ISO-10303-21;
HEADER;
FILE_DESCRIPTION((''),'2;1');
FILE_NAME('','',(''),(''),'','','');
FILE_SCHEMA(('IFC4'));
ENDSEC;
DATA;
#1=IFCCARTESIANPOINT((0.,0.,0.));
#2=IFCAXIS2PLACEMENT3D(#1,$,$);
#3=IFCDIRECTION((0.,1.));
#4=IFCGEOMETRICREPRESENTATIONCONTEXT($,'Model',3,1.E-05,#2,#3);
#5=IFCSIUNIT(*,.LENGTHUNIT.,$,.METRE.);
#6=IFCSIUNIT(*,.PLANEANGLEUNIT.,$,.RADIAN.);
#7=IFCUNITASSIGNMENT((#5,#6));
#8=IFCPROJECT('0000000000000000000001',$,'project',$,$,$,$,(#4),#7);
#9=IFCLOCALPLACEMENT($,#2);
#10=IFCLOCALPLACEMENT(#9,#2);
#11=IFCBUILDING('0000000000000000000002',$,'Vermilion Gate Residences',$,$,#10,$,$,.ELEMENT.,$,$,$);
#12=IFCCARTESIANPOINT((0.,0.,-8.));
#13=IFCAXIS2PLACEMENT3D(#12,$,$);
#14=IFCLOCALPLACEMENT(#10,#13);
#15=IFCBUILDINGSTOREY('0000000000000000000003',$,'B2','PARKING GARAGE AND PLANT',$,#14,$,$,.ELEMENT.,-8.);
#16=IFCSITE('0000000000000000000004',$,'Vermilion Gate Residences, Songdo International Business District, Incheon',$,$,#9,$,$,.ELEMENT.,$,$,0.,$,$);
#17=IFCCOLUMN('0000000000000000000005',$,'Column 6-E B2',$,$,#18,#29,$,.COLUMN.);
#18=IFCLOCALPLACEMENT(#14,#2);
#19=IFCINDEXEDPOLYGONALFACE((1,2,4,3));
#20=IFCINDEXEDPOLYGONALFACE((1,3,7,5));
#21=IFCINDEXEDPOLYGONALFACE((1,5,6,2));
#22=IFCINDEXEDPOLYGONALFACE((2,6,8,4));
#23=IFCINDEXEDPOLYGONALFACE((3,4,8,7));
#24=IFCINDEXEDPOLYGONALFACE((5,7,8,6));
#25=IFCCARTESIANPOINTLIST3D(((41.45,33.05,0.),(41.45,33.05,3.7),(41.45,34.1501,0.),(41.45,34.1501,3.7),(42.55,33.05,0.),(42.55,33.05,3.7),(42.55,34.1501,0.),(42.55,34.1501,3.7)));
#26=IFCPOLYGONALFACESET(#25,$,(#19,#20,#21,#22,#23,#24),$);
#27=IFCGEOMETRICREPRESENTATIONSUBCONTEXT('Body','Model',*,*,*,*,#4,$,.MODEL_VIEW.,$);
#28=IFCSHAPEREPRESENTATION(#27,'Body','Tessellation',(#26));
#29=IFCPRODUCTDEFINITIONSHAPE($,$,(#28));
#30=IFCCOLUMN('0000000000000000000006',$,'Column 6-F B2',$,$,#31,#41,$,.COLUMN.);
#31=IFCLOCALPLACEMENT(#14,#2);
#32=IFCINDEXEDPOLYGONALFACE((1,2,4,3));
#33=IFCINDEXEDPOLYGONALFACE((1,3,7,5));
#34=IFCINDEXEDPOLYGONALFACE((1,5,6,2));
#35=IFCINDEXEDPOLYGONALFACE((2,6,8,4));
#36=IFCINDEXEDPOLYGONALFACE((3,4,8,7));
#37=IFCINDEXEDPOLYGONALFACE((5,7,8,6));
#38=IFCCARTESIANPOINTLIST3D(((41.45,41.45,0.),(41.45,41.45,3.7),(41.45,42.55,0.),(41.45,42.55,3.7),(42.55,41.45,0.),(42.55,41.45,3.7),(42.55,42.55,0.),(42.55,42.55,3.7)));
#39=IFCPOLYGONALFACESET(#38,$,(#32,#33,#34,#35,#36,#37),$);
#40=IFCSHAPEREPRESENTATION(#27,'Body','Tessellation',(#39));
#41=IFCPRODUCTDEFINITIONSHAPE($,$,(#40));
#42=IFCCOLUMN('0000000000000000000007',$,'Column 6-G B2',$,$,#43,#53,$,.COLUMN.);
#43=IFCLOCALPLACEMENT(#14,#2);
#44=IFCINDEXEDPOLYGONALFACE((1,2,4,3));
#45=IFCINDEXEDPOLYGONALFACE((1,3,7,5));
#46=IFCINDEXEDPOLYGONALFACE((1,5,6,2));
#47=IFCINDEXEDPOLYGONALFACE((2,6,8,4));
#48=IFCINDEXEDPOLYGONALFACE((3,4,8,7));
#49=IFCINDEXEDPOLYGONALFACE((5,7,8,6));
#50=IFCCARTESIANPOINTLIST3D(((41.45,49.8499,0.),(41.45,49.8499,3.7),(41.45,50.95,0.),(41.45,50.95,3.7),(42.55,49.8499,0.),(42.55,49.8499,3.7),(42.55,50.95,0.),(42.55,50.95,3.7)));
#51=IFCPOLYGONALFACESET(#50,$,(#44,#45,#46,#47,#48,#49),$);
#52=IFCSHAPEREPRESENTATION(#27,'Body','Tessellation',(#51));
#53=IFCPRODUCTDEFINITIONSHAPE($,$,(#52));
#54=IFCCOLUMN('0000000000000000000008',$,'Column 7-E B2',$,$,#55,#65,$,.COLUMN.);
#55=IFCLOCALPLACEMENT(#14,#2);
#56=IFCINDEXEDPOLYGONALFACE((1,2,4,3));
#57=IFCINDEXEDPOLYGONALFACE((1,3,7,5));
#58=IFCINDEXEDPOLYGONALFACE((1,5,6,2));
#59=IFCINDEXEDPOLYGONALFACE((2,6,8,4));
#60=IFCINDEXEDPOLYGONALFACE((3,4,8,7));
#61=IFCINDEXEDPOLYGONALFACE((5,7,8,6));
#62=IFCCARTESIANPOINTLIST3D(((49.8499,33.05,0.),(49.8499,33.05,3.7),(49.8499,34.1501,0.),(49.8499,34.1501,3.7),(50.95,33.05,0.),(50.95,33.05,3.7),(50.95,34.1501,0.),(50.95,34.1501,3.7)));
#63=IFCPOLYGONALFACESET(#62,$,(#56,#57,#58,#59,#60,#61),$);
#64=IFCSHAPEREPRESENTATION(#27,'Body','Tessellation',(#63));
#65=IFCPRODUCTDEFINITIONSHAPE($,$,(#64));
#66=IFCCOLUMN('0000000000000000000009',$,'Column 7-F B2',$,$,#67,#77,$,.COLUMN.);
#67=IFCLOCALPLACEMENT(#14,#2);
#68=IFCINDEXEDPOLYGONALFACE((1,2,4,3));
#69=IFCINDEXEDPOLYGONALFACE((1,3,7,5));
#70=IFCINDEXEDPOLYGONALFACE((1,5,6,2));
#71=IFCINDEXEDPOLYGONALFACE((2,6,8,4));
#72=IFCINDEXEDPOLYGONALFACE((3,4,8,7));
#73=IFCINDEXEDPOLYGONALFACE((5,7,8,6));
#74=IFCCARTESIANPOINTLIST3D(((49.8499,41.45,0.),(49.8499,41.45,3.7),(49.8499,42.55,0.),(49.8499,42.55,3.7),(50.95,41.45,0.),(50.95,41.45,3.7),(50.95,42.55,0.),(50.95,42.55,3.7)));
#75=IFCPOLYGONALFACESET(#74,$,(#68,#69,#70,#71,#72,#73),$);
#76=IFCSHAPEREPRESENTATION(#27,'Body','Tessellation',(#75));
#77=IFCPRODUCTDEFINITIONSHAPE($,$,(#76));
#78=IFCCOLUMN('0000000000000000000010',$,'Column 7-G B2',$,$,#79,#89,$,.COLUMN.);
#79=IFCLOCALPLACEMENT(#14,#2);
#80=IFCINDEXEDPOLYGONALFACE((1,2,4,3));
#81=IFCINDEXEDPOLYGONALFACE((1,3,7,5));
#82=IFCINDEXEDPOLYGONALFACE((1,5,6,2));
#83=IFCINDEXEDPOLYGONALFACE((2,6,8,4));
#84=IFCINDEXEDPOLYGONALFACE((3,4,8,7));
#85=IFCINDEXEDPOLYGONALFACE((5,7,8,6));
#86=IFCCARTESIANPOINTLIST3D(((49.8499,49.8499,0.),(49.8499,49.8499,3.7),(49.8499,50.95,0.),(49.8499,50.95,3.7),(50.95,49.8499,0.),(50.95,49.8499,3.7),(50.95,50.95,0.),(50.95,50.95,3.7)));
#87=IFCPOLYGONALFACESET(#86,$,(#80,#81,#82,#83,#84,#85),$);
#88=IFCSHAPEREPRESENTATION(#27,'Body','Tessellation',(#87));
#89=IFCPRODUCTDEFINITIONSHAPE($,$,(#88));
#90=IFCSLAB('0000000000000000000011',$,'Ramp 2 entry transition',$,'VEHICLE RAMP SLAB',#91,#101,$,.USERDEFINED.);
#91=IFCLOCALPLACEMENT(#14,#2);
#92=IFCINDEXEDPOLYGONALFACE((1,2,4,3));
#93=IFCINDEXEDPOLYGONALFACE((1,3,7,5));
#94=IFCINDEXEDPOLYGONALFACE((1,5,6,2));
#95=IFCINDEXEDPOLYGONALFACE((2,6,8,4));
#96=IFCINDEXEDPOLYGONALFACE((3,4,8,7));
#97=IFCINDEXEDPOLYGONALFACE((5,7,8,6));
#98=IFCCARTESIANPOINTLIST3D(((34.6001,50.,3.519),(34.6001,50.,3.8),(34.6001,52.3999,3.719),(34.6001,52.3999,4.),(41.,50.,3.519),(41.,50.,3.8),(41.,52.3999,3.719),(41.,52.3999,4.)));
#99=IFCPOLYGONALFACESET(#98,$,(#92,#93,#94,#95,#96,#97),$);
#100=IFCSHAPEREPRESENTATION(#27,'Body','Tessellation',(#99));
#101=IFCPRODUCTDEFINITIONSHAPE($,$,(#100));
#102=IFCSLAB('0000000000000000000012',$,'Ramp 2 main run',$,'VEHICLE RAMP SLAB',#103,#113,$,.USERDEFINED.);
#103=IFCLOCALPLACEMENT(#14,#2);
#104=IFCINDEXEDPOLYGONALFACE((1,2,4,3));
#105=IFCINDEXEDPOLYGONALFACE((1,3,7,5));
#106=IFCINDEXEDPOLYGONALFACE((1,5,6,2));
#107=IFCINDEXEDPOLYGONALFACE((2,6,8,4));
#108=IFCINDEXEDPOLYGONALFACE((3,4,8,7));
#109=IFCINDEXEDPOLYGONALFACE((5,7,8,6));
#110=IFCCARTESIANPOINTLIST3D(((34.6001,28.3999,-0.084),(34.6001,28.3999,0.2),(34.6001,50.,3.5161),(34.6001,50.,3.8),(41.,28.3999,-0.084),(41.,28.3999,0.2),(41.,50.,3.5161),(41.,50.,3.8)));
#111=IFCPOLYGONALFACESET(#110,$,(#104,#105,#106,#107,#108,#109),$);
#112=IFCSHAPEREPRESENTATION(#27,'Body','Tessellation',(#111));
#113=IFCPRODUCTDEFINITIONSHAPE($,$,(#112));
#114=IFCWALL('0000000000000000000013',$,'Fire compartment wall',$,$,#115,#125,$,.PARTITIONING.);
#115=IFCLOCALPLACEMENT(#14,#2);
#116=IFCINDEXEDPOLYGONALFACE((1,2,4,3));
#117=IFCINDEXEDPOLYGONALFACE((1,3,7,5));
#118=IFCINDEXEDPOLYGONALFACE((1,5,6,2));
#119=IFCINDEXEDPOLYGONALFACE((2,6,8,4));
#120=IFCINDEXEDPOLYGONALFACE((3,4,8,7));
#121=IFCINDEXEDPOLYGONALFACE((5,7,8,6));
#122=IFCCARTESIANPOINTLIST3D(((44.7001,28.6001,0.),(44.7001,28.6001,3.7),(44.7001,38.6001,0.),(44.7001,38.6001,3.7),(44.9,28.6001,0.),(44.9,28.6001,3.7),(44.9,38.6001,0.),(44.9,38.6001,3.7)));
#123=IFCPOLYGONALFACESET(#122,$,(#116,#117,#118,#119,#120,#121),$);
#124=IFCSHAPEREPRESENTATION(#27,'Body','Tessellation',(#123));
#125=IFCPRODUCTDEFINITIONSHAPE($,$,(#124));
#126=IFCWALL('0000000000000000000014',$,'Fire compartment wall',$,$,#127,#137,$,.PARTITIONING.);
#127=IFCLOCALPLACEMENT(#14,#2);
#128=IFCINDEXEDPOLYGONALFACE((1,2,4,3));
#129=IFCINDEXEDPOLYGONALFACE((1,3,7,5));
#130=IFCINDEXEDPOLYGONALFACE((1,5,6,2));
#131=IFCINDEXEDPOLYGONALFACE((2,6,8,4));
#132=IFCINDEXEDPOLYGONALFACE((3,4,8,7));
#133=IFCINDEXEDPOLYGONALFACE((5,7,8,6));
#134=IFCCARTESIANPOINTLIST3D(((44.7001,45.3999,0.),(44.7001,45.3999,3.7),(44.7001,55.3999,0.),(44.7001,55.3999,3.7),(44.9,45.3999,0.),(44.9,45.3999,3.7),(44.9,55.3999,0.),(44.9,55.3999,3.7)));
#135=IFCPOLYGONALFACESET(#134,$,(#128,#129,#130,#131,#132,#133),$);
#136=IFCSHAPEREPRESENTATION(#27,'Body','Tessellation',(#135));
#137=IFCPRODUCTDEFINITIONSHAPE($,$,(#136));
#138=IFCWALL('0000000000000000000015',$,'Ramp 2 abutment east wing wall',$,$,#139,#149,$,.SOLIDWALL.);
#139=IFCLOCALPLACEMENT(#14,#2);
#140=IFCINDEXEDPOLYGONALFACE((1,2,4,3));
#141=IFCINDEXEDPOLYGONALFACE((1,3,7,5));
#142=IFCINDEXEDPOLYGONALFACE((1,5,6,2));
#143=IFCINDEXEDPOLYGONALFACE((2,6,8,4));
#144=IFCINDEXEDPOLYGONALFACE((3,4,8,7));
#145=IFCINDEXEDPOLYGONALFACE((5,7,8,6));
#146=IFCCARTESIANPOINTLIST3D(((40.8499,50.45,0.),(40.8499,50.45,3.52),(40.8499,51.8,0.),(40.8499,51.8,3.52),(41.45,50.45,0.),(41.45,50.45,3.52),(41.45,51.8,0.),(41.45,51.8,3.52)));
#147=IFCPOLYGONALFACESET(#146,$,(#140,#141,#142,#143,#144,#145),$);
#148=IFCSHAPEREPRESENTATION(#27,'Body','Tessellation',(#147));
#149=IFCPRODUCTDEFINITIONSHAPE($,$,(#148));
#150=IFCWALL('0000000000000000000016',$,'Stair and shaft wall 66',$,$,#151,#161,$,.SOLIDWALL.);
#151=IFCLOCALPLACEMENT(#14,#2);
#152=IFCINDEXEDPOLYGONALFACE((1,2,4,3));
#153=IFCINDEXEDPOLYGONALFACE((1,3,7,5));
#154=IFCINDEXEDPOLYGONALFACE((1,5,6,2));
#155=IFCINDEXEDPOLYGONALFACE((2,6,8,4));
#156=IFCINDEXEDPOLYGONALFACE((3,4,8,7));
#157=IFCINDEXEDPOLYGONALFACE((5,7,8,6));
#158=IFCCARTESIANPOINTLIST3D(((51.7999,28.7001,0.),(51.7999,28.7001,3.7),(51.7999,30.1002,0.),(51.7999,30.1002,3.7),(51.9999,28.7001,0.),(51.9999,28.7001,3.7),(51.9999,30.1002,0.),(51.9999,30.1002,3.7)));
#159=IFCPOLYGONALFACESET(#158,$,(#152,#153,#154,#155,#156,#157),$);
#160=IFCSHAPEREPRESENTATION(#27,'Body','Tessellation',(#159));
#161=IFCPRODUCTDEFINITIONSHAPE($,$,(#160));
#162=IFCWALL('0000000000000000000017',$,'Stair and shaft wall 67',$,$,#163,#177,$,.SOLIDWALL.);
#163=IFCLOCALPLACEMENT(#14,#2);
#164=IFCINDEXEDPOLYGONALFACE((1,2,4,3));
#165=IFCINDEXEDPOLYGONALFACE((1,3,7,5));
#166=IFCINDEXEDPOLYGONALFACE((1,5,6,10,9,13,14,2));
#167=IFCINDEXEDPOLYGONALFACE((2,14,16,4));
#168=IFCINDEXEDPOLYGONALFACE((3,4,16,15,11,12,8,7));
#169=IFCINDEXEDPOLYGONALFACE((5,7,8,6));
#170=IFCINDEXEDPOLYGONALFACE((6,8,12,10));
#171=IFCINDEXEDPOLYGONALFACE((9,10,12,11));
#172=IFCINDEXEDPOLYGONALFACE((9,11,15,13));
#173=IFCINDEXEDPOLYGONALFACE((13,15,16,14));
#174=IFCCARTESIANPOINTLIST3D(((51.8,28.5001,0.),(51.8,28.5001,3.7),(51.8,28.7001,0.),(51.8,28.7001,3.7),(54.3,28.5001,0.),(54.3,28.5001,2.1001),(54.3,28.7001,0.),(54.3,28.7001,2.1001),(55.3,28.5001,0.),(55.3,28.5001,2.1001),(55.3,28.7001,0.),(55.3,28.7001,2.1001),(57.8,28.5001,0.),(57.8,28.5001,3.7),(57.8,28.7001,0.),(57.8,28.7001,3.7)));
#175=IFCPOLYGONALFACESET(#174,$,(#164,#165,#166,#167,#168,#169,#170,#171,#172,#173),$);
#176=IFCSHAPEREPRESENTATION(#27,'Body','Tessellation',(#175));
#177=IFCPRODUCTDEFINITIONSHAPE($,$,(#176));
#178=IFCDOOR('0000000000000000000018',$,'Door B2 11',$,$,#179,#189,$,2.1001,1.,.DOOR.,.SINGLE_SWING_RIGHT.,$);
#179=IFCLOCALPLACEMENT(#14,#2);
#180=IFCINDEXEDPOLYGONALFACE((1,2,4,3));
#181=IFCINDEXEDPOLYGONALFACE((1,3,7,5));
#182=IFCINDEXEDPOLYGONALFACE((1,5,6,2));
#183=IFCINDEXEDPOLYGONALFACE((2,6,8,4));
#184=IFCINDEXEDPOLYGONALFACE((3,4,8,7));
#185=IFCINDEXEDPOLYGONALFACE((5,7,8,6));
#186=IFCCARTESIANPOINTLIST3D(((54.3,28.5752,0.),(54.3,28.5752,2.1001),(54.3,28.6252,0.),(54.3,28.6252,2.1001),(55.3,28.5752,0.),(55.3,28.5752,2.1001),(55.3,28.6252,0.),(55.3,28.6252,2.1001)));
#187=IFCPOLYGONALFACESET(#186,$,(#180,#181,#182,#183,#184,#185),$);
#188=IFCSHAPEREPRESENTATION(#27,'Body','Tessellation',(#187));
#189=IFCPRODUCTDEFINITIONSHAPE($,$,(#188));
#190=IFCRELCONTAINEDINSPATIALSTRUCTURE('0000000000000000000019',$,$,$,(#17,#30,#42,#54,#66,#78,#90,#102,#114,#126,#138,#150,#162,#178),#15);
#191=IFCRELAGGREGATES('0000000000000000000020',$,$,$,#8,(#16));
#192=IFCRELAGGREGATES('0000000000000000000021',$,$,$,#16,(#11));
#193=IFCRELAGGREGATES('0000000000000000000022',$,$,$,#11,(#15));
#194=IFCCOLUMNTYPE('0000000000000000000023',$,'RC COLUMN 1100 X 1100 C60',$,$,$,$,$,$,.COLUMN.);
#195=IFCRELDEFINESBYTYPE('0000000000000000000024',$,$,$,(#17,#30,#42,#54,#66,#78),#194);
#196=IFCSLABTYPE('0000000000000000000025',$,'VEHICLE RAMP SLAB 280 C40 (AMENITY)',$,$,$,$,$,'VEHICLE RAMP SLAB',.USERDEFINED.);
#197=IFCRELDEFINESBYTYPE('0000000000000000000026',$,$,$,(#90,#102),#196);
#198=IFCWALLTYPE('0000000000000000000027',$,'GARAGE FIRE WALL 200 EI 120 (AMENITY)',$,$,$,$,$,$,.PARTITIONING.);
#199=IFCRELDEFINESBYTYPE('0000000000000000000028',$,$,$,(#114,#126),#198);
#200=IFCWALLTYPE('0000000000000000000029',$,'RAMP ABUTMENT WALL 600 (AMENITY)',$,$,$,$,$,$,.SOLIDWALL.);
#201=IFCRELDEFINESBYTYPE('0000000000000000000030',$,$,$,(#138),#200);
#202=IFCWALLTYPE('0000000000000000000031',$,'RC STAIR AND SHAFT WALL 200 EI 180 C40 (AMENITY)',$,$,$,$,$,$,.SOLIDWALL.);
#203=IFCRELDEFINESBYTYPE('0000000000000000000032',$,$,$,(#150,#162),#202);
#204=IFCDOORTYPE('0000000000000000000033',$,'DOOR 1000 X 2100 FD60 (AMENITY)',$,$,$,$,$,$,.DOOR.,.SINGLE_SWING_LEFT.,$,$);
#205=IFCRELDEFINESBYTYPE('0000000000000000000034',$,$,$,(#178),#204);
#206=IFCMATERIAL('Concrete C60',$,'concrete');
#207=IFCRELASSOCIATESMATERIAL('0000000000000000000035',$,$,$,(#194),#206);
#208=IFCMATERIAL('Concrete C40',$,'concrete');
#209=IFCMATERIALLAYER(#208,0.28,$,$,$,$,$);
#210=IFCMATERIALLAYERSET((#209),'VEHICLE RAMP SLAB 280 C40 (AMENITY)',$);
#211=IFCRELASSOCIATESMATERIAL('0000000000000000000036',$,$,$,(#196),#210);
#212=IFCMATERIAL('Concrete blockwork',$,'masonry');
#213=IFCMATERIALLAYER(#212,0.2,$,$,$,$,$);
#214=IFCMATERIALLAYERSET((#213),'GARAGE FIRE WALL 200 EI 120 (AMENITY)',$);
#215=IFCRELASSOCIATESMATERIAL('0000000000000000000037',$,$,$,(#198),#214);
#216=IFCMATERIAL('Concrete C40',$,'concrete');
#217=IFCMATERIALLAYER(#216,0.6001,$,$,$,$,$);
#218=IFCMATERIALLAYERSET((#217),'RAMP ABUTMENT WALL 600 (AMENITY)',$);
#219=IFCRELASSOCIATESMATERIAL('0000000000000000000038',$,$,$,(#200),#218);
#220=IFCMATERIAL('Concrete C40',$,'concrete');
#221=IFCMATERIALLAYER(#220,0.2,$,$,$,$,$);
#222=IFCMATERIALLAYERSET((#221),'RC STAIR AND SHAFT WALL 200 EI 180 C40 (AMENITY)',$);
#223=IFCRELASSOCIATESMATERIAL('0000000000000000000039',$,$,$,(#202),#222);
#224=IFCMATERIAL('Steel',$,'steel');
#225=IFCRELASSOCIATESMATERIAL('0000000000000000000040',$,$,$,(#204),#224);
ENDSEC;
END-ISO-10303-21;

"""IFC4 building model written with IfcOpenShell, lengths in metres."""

from ifc_helpers import new_model, si_unit, direction, frame, frame_2d, origin, origin_2d, place, context, subcontext, project, spatial, polyline, rectangle, outline, extrude, material, layer, layer_set, material_profile, profile_set, type_object, element, fill, save


model = new_model("IFC4")

# Units and contexts
model_context = context("Model", 3, precision=1e-05, world=origin(), true_north=direction((0.0, 1.0)))
body_context = subcontext(model_context, "Body", "Model", "MODEL_VIEW")
ifc_project = project(units=[si_unit("LENGTHUNIT", "METRE"), si_unit("PLANEANGLEUNIT", "RADIAN")], contexts=[model_context])

# Site, building, storey
site_placement = place(None, origin())
site = spatial("IfcSite", under=ifc_project, at=site_placement, Name="Vermilion Gate Residences, Songdo International Business District, Incheon", CompositionType="ELEMENT", RefElevation=0.0)
building_placement = place(site_placement, origin())
building = spatial("IfcBuilding", under=site, at=building_placement, Name="Vermilion Gate Residences", CompositionType="ELEMENT")
storey_placement = place(building_placement, frame((0.0, 0.0, -8.0)))
storey = spatial("IfcBuildingStorey", under=building, at=storey_placement, Name="B2", Description="PARKING GARAGE AND PLANT", CompositionType="ELEMENT", Elevation=-8.0)

# Columns
ifc_material_1 = material(Name="Concrete C60", Category="concrete")
ifc_material_profile = material_profile(ifc_material_1, rectangle(XDim=1.1001, YDim=1.1001, at=origin_2d()), Name="RC-1100x1100")
ifc_profile_set = profile_set([ifc_material_profile], Name="Concrete C60")
column_type = type_object("IfcColumnType", Name="RC COLUMN 1100 X 1100 C60", PredefinedType="COLUMN", material=ifc_profile_set)
for number, where, z_axis, x_axis, name in (
    (1, (42.0, 33.6001, 0.0), (0.0, 0.0, 1.0), (1.0, 0.0, 0.0), "Column 6-E B2"),
    (2, (42.0, 42.0, 0.0), (0.0, 0.0, 1.0), (1.0, 0.0, 0.0), "Column 6-F B2"),
    (3, (42.0, 50.3999, 0.0), (0.0, 0.0, 1.0), (1.0, 0.0, 0.0), "Column 6-G B2"),
    (4, (50.3999, 33.6001, 0.0), (0.0, 0.0, 1.0), (1.0, 0.0, 0.0), "Column 7-E B2"),
    (5, (50.3999, 42.0, 0.0), (0.0, 0.0, 1.0), (1.0, 0.0, 0.0), "Column 7-F B2"),
    (6, (50.3999, 50.3999, 0.0), (0.0, 0.0, 1.0), (1.0, 0.0, 0.0), "Column 7-G B2"),
):
    element("IfcColumn", number, at=place(storey_placement, frame(where, z_axis=z_axis, x_axis=x_axis)), inside=storey, type_object=column_type, Name=name, PredefinedType="COLUMN", context=body_context, shape_type="SweptSolid", body=[
        extrude(rectangle(XDim=1.1001, YDim=1.1001, at=origin_2d()), origin(), (0.0, 0.0, 1.0), 3.7),
    ])

# Slabs
ifc_material_2 = material(Name="Concrete C40", Category="concrete")
ifc_layer_1 = layer(ifc_material_2, 0.28)
ifc_layer_set_1 = layer_set([ifc_layer_1], Name="VEHICLE RAMP SLAB 280 C40 (AMENITY)")
slab_type = type_object("IfcSlabType", Name="VEHICLE RAMP SLAB 280 C40 (AMENITY)", ElementType="VEHICLE RAMP SLAB", PredefinedType="USERDEFINED", material=ifc_layer_set_1)
slab_1_placement = place(storey_placement, frame((37.8, 52.3999, 4.0), z_axis=(0.0, 0.0, 1.0), x_axis=(0.0, -1.0, 0.0)))
element("IfcSlab", 7, at=slab_1_placement, inside=storey, type_object=slab_type, Name="Ramp 2 entry transition", ObjectType="VEHICLE RAMP SLAB", PredefinedType="USERDEFINED", context=body_context, shape_type="SweptSolid", body=[
    extrude(outline(polyline([(0.0, 0.0), (2.3999, -0.2), (2.3999, -0.481), (0.0, -0.281), (0.0, 0.0)])), frame((0.0, 3.2, 0.0), z_axis=(0.0, -1.0, 0.0), x_axis=(1.0, 0.0, 0.0)), (0.0, 0.0, 1.0), 6.3999),
])
slab_2_placement = place(storey_placement, frame((37.8, 50.0, 3.8), z_axis=(0.0, 0.0, 1.0), x_axis=(0.0, -1.0, 0.0)))
element("IfcSlab", 8, at=slab_2_placement, inside=storey, type_object=slab_type, Name="Ramp 2 main run", ObjectType="VEHICLE RAMP SLAB", PredefinedType="USERDEFINED", context=body_context, shape_type="SweptSolid", body=[
    extrude(outline(polyline([(0.0, 0.0), (21.6001, -3.6001), (21.6001, -3.884), (0.0, -0.2839), (0.0, 0.0)])), frame((0.0, 3.2, 0.0), z_axis=(0.0, -1.0, 0.0), x_axis=(1.0, 0.0, 0.0)), (0.0, 0.0, 1.0), 6.3999),
])

# Wall
ifc_material_3 = material(Name="Concrete blockwork", Category="masonry")
ifc_layer_2 = layer(ifc_material_3, 0.2)
ifc_layer_set_2 = layer_set([ifc_layer_2], Name="GARAGE FIRE WALL 200 EI 120 (AMENITY)")
wall_type_1 = type_object("IfcWallType", Name="GARAGE FIRE WALL 200 EI 120 (AMENITY)", PredefinedType="PARTITIONING", material=ifc_layer_set_2)
wall_1_placement = place(storey_placement, frame((44.8, 28.6001, 0.0), z_axis=(0.0, 0.0, 1.0), x_axis=(0.0, 1.0, 0.0)))
element("IfcWall", 9, at=wall_1_placement, inside=storey, type_object=wall_type_1, Name="Fire compartment wall", PredefinedType="PARTITIONING", context=body_context, shape_type="SweptSolid", body=[
    extrude(rectangle(XDim=10.0, YDim=0.2, at=frame_2d((5.0, 0.0))), origin(), (0.0, 0.0, 1.0), 3.7),
])

# Walls
wall_2_placement = place(storey_placement, frame((44.8, 45.3999, 0.0), z_axis=(0.0, 0.0, 1.0), x_axis=(0.0, 1.0, 0.0)))
element("IfcWall", 10, at=wall_2_placement, inside=storey, type_object=wall_type_1, Name="Fire compartment wall", PredefinedType="PARTITIONING", context=body_context, shape_type="SweptSolid", body=[
    extrude(rectangle(XDim=10.0, YDim=0.2, at=frame_2d((5.0, 0.0))), origin(), (0.0, 0.0, 1.0), 3.7),
])
ifc_material_4 = material(Name="Concrete C40", Category="concrete")
ifc_layer_3 = layer(ifc_material_4, 0.6001)
ifc_layer_set_3 = layer_set([ifc_layer_3], Name="RAMP ABUTMENT WALL 600 (AMENITY)")
wall_type_2 = type_object("IfcWallType", Name="RAMP ABUTMENT WALL 600 (AMENITY)", PredefinedType="SOLIDWALL", material=ifc_layer_set_3)
wall_3_placement = place(storey_placement, frame((41.1499, 50.45, 0.0), z_axis=(0.0, 0.0, 1.0), x_axis=(0.0, 1.0, 0.0)))
element("IfcWall", 11, at=wall_3_placement, inside=storey, type_object=wall_type_2, Name="Ramp 2 abutment east wing wall", PredefinedType="SOLIDWALL", context=body_context, shape_type="SweptSolid", body=[
    extrude(rectangle(XDim=1.3501, YDim=0.6001, at=frame_2d((0.675, 0.0))), origin(), (0.0, 0.0, 1.0), 3.52),
])
ifc_material_5 = material(Name="Concrete C40", Category="concrete")
ifc_layer_4 = layer(ifc_material_5, 0.2)
ifc_layer_set_4 = layer_set([ifc_layer_4], Name="RC STAIR AND SHAFT WALL 200 EI 180 C40 (AMENITY)")
wall_type_3 = type_object("IfcWallType", Name="RC STAIR AND SHAFT WALL 200 EI 180 C40 (AMENITY)", PredefinedType="SOLIDWALL", material=ifc_layer_set_4)
wall_4_placement = place(storey_placement, frame((51.8999, 28.7, 0.0), z_axis=(0.0, 0.0, 1.0), x_axis=(0.0, 1.0, 0.0)))
element("IfcWall", 12, at=wall_4_placement, inside=storey, type_object=wall_type_3, Name="Stair and shaft wall 66", PredefinedType="SOLIDWALL", context=body_context, shape_type="SweptSolid", body=[
    extrude(rectangle(XDim=1.4001, YDim=0.2, at=frame_2d((0.7002, 0.0))), origin(), (0.0, 0.0, 1.0), 3.7),
])

# Wall, opening, door
wall_5_placement = place(storey_placement, frame((51.8, 28.6001, 0.0), z_axis=(0.0, 0.0, 1.0), x_axis=(1.0, 0.0, 0.0)))
wall_5 = element("IfcWall", 13, at=wall_5_placement, inside=storey, type_object=wall_type_3, Name="Stair and shaft wall 67", PredefinedType="SOLIDWALL", context=body_context, shape_type="SweptSolid", body=[
    extrude(rectangle(XDim=6.0, YDim=0.2, at=frame_2d((3.0, 0.0))), origin(), (0.0, 0.0, 1.0), 3.7),
])
opening_1_placement = place(wall_5_placement, frame((2.5, 0.0, 0.0)))
opening_1 = element("IfcOpeningElement", 14, at=opening_1_placement, cuts=wall_5, PredefinedType="OPENING", context=body_context, shape_type="SweptSolid", body=[
    extrude(rectangle(XDim=1.0, YDim=2.1001, at=frame_2d((0.5, 1.05))), frame((0.0, 0.1099, 0.0), z_axis=(0.0, -1.0, 0.0), x_axis=(1.0, 0.0, 0.0)), (0.0, 0.0, 1.0), 0.22),
])
ifc_material_6 = material(Name="Steel", Category="steel")
door_type_1 = type_object("IfcDoorType", Name="DOOR 1000 X 2100 FD60 (AMENITY)", OperationType="SINGLE_SWING_LEFT", PredefinedType="DOOR", material=ifc_material_6)
door_1_placement = place(opening_1_placement, frame((1.0, 0.0, 0.0), z_axis=(0.0, 0.0, 1.0), x_axis=(-1.0, 0.0, 0.0)))
door_1 = element("IfcDoor", 15, at=door_1_placement, inside=storey, type_object=door_type_1, Name="Door B2 11", OperationType="SINGLE_SWING_RIGHT", OverallHeight=2.1001, OverallWidth=1.0, PredefinedType="DOOR", context=body_context, shape_type="SweptSolid", body=[
    extrude(rectangle(XDim=1.0, YDim=2.1001, at=frame_2d((0.5, 1.05))), frame((0.0, 0.0249, 0.0), z_axis=(0.0, -1.0, 0.0), x_axis=(1.0, 0.0, 0.0)), (0.0, 0.0, 1.0), 0.05),
])
fill(opening_1, door_1)

save(model, "model.ifc")
